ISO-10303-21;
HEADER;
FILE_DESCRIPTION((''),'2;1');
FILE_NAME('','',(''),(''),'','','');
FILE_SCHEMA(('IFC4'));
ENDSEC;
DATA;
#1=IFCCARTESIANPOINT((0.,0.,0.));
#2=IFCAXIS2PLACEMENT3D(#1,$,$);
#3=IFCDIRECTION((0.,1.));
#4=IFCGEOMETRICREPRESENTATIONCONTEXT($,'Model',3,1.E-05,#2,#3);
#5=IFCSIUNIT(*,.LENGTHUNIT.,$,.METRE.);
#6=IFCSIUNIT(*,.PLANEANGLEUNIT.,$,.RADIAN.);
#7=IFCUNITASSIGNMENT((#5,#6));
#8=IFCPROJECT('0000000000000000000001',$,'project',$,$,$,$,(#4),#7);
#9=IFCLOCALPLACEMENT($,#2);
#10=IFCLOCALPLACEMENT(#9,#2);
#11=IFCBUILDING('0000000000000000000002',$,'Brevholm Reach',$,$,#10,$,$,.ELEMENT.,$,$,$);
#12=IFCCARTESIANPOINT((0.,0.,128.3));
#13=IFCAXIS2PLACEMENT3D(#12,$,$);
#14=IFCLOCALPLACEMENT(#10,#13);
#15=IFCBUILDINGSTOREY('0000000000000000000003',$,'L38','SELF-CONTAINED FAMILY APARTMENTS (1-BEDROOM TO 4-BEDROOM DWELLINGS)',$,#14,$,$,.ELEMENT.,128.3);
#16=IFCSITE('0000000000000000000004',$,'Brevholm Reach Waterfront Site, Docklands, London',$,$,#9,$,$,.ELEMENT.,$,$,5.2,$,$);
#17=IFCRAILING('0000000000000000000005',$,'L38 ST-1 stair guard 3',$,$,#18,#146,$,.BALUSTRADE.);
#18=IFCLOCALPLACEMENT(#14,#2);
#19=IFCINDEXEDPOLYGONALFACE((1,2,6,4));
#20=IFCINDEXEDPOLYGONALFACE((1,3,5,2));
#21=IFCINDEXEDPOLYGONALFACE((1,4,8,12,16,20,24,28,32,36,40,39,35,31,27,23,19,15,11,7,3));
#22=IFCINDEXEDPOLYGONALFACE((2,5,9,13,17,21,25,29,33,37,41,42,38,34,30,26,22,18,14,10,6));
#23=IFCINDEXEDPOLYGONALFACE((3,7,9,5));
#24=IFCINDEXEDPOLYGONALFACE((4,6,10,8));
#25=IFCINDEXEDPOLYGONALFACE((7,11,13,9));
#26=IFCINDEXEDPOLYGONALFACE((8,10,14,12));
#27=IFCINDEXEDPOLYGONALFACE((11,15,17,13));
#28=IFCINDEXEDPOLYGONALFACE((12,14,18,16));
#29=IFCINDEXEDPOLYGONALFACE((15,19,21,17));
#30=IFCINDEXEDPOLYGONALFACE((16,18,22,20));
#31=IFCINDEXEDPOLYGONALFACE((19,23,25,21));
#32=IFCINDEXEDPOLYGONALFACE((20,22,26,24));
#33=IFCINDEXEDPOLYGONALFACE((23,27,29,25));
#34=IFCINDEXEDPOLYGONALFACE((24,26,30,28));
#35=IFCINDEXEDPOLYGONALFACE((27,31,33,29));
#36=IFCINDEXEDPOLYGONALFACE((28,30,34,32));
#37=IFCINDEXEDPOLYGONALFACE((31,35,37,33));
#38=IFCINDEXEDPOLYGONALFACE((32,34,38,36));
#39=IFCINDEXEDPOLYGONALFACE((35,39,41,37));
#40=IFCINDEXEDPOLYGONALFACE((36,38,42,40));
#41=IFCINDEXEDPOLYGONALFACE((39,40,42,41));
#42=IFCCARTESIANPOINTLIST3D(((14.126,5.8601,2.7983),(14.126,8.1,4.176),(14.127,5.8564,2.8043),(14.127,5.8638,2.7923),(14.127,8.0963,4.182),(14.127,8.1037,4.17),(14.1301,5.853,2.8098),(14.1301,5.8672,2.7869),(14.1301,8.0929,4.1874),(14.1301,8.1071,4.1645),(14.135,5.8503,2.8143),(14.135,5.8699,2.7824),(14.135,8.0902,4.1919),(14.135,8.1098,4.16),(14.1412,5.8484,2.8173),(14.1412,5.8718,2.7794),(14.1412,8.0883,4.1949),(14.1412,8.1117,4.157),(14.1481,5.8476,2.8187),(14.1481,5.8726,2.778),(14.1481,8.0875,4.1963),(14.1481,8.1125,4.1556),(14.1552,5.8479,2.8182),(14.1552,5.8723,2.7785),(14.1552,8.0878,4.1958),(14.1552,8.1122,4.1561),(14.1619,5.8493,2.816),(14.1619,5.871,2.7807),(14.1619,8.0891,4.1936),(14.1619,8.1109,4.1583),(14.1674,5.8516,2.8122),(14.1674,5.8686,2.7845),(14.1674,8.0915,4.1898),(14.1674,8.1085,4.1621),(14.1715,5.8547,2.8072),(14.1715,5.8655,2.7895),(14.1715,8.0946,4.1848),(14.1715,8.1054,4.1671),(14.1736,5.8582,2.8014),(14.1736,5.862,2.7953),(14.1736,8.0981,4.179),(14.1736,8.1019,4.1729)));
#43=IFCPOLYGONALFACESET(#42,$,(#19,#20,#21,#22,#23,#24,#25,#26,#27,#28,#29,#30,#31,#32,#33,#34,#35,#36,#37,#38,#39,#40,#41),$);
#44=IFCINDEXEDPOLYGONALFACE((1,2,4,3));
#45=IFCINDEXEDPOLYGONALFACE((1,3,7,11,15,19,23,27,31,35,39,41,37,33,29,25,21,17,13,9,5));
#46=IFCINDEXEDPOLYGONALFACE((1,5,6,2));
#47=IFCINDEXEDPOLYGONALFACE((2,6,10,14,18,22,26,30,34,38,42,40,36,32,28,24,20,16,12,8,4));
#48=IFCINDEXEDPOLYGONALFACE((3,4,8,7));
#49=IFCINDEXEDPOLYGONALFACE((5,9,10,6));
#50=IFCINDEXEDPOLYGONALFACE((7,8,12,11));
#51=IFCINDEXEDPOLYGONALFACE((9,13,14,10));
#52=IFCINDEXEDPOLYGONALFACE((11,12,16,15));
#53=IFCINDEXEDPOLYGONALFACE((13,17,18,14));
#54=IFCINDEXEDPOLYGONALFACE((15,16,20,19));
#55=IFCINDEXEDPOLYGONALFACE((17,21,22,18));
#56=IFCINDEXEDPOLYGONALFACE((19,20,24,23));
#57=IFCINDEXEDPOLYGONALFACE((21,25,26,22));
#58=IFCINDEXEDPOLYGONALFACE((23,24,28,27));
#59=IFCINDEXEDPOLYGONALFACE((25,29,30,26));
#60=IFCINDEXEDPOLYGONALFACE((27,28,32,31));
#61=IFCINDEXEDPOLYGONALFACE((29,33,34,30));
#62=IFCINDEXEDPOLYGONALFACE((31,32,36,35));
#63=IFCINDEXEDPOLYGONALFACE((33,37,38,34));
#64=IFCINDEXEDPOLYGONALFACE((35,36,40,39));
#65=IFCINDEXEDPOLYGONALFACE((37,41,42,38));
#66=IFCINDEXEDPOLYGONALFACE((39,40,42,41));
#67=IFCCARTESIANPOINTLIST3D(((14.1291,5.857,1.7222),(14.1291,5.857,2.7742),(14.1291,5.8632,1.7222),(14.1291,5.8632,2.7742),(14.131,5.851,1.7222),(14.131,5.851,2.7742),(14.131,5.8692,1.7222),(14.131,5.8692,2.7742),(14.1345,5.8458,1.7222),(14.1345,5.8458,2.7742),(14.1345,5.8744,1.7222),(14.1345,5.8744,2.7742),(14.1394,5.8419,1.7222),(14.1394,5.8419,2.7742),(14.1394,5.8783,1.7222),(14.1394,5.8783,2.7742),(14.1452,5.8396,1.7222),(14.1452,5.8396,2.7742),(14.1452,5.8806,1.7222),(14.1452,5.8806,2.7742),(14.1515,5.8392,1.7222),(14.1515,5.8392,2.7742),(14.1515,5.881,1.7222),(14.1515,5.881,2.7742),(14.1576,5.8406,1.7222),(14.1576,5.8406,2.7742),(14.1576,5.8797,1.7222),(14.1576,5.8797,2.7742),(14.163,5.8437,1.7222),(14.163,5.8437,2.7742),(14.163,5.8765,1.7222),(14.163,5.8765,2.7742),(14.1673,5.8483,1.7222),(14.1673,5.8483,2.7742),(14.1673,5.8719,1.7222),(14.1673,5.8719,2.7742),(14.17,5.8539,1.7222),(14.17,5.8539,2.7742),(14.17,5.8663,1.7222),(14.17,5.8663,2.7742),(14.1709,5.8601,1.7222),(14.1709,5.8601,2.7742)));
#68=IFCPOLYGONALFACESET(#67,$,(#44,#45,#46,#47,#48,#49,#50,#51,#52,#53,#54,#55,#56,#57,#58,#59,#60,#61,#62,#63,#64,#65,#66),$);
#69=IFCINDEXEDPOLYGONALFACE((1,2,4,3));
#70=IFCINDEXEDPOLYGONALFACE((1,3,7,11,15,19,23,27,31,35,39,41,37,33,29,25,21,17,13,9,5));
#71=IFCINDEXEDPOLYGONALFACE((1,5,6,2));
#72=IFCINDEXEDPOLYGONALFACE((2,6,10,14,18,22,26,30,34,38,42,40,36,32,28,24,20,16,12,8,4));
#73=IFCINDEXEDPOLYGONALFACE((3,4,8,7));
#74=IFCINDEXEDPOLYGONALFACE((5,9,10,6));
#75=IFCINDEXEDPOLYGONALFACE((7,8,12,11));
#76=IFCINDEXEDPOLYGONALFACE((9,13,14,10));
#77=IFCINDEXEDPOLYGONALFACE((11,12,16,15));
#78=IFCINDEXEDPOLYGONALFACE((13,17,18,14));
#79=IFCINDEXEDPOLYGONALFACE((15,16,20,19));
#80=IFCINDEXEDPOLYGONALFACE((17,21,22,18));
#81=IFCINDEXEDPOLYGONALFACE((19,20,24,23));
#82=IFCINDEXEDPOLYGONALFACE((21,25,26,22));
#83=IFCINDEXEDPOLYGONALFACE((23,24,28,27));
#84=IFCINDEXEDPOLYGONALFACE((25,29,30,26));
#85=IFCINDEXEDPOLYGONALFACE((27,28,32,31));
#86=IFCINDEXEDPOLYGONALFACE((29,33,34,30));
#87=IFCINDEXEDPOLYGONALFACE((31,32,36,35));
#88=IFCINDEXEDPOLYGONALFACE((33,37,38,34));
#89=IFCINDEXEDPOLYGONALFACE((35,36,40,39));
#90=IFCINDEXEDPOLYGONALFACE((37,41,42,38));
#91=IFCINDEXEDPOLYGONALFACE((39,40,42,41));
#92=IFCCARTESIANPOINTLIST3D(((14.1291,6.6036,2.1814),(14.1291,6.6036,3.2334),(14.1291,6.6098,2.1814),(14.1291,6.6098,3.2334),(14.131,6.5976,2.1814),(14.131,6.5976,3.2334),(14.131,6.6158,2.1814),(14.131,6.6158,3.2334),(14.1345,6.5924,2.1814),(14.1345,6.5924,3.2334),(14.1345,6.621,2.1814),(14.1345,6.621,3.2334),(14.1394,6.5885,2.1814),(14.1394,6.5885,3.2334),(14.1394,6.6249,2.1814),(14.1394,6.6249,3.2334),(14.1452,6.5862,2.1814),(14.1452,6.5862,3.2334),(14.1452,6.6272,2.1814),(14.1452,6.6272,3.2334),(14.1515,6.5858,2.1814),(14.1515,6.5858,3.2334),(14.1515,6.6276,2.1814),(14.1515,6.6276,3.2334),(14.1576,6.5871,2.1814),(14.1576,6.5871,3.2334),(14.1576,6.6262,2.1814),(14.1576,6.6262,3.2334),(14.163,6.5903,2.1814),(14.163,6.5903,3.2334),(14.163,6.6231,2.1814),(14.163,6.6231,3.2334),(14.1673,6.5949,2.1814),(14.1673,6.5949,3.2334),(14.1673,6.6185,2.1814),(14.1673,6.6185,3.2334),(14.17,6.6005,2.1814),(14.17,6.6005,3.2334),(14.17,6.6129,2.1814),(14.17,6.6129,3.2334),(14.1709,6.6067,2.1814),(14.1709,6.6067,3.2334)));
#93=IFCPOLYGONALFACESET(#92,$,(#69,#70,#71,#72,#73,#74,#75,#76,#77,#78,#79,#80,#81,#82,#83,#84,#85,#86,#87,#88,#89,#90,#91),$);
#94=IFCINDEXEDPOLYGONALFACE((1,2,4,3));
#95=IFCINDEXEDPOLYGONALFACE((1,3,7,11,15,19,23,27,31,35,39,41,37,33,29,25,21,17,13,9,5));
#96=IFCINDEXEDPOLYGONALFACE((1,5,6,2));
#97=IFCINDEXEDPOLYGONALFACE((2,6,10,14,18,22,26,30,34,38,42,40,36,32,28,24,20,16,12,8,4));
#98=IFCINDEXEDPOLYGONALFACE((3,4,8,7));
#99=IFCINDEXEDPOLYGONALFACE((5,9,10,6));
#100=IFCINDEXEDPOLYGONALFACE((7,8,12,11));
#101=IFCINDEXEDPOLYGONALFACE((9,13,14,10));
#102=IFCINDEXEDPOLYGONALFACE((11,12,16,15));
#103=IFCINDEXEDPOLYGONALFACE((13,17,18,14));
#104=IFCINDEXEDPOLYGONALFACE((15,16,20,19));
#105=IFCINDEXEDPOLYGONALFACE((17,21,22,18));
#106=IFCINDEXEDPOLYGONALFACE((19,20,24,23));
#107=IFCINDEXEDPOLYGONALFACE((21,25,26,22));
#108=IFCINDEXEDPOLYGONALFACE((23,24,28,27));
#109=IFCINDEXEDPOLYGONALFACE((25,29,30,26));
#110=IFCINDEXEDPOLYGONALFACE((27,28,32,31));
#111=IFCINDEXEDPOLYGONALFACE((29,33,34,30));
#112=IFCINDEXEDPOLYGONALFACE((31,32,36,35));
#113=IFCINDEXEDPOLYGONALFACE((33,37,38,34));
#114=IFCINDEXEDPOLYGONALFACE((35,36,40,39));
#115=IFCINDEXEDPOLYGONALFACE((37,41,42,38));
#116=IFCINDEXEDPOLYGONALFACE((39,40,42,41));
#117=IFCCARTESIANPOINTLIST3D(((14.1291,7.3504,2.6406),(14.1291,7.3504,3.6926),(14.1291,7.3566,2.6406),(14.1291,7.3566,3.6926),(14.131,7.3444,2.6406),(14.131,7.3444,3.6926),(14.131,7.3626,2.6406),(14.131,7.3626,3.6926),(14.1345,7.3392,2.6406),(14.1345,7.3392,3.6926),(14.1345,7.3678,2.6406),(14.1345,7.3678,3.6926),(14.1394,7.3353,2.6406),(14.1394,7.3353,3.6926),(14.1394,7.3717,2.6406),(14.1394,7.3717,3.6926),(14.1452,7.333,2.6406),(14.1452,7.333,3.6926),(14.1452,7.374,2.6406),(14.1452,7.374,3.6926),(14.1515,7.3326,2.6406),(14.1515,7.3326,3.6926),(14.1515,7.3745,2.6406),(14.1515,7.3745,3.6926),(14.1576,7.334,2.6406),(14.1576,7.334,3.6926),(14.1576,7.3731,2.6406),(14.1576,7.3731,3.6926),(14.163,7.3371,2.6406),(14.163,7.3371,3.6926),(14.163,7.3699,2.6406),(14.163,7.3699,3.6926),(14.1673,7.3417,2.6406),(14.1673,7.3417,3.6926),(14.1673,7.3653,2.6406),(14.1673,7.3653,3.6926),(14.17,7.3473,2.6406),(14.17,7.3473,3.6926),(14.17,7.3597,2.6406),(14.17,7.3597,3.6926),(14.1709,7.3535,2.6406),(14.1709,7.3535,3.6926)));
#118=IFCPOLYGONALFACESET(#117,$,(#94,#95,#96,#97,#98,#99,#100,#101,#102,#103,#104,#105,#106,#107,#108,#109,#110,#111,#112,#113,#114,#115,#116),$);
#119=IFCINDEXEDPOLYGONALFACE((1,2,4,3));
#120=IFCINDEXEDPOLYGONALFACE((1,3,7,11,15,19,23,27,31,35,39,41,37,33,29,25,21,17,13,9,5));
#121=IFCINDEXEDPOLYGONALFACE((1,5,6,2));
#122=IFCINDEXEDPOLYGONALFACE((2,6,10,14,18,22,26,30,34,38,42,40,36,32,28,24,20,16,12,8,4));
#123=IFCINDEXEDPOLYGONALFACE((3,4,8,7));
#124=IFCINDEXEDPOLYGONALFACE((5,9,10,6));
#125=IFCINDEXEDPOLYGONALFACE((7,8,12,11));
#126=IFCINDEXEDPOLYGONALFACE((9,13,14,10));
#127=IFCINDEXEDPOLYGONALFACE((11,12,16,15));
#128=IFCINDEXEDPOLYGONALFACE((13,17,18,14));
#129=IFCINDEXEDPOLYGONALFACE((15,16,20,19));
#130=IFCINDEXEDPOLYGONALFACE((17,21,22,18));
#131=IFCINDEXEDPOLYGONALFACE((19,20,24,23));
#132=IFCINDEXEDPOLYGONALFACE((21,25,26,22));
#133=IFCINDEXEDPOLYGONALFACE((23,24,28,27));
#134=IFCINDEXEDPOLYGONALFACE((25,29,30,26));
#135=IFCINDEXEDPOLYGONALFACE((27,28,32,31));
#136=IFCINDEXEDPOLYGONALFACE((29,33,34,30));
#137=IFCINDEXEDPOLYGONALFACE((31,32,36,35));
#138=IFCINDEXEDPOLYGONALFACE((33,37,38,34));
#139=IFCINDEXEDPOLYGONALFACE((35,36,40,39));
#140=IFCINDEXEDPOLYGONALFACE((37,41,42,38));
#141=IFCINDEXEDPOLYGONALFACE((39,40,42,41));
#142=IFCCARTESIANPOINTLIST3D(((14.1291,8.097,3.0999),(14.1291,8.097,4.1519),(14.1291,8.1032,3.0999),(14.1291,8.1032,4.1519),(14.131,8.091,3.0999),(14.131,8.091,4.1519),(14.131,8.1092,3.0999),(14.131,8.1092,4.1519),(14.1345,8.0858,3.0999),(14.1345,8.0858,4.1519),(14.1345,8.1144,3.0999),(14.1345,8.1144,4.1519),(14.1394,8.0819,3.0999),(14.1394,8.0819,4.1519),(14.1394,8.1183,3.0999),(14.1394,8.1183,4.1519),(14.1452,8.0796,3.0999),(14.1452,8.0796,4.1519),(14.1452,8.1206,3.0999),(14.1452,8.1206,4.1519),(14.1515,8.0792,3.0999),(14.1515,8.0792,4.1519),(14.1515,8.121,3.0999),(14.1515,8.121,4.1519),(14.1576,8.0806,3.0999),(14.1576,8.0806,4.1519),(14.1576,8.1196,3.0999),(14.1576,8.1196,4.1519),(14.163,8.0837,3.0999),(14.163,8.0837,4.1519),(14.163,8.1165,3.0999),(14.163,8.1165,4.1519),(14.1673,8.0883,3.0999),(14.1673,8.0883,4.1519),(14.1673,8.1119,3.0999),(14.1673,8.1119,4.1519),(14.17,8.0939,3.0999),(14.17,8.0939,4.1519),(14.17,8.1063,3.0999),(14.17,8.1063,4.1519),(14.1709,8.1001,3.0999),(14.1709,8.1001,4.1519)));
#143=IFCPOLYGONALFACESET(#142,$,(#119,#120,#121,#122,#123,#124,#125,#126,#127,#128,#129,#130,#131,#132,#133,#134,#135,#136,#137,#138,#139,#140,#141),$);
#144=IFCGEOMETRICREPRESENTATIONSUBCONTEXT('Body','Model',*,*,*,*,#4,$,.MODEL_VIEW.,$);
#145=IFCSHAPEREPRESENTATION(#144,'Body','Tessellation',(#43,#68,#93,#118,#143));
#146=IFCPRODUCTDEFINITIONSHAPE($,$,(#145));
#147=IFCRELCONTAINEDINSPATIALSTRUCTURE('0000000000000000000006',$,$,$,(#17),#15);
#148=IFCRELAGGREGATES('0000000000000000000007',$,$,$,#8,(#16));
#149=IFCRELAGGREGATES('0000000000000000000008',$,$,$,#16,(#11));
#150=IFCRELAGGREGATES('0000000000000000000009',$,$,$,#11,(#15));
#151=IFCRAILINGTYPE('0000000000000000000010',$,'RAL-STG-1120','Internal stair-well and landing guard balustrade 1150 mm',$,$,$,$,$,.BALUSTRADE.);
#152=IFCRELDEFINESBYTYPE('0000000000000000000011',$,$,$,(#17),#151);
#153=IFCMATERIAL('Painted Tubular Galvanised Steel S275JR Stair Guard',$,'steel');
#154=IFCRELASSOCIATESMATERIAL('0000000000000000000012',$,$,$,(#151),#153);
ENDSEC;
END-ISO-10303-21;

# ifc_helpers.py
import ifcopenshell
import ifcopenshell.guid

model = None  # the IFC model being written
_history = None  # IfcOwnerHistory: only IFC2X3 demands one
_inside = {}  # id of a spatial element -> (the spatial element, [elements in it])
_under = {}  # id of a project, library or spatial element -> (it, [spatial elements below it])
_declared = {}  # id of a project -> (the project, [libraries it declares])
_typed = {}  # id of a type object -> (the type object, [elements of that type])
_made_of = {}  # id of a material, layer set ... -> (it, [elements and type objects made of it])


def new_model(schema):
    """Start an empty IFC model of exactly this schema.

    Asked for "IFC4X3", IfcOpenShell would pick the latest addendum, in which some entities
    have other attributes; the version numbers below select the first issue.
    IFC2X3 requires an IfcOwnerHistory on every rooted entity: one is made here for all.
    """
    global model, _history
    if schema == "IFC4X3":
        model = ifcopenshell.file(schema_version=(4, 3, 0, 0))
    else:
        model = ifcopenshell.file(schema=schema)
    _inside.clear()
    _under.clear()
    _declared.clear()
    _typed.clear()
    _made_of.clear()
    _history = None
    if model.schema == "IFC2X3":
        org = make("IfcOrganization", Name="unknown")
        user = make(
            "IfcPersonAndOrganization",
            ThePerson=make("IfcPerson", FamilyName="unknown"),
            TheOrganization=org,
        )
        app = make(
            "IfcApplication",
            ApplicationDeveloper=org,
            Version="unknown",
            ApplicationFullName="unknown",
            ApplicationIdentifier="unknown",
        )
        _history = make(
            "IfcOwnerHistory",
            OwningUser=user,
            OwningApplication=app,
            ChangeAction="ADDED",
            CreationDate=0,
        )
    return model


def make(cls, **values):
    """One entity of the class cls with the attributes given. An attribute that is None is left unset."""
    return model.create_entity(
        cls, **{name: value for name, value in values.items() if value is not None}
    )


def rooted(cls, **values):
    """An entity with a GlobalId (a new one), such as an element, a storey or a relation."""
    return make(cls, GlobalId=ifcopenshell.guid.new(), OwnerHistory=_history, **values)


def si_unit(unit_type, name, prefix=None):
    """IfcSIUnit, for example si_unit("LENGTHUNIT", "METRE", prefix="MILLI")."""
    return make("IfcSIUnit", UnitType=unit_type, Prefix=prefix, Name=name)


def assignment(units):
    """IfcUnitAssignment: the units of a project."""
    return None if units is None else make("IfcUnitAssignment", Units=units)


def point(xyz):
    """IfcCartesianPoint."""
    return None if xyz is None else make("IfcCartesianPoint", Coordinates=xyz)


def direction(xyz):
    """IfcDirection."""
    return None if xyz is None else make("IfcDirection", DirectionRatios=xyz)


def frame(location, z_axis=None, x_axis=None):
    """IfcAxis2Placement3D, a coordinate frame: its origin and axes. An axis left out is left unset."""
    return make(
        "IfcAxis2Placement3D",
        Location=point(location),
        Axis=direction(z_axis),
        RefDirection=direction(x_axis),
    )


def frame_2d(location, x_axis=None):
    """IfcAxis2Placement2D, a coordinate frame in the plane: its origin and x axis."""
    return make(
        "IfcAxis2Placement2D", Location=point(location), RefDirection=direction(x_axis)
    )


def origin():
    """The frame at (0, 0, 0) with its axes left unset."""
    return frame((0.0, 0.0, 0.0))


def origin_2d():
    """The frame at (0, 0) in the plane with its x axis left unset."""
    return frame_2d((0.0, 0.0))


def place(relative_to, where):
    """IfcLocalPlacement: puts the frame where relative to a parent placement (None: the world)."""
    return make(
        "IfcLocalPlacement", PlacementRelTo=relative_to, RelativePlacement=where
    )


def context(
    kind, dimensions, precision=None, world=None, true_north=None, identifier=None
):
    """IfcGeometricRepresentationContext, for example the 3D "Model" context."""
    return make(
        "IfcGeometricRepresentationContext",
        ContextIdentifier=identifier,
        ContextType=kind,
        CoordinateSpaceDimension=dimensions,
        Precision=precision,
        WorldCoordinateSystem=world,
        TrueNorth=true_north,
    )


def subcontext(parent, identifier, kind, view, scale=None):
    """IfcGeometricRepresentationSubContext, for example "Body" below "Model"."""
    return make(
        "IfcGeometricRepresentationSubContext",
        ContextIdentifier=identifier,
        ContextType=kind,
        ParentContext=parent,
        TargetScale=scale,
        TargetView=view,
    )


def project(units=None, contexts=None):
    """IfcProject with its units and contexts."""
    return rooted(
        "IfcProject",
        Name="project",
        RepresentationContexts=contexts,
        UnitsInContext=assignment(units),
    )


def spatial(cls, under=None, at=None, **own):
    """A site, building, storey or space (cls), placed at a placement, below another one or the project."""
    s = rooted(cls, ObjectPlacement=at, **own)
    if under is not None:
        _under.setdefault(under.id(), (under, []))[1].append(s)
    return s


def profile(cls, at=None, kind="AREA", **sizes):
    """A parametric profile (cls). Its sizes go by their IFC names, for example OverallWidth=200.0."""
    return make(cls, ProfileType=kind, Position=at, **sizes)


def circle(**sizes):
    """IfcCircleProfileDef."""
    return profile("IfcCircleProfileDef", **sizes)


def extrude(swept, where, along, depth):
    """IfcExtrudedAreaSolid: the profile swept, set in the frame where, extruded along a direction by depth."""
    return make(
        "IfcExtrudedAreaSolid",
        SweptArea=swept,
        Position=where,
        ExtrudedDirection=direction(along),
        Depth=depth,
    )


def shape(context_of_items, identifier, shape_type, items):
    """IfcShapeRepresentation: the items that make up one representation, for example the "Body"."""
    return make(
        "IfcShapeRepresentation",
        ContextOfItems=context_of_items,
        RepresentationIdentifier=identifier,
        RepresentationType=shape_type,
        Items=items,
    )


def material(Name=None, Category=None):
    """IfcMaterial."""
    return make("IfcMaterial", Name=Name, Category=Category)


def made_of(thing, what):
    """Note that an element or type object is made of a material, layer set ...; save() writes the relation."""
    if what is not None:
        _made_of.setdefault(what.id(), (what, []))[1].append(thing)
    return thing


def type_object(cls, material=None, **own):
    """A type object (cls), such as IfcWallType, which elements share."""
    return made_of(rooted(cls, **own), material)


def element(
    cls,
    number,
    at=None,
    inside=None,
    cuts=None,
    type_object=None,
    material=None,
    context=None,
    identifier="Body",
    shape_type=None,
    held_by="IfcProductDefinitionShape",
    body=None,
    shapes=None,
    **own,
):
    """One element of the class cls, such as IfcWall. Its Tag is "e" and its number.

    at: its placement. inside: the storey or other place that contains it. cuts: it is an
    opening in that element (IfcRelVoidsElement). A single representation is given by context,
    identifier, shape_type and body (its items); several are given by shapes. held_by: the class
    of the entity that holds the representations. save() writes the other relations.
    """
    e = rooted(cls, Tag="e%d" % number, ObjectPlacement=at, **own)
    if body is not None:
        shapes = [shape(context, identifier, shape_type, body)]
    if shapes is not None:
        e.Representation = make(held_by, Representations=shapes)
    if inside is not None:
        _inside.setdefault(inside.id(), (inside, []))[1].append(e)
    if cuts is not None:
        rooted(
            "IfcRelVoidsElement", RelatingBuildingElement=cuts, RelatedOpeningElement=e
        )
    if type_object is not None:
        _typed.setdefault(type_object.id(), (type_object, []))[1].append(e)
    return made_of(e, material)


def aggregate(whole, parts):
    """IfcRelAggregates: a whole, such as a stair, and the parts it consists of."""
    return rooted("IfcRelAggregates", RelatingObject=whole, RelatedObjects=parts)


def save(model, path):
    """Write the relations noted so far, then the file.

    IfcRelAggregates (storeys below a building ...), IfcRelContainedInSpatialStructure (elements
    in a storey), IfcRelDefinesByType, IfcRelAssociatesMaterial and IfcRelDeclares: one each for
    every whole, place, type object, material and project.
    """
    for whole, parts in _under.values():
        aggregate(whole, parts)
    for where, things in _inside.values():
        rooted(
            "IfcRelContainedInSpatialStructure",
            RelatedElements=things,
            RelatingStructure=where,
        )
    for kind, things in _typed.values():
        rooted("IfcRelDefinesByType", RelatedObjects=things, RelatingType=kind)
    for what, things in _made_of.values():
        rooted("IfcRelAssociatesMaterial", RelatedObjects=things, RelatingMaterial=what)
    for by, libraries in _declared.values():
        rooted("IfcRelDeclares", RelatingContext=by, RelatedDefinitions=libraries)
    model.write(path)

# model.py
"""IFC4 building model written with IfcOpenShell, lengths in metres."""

from ifc_helpers import new_model, si_unit, direction, frame, origin, origin_2d, place, context, subcontext, project, spatial, circle, extrude, material, type_object, element, save


model = new_model("IFC4")

# Units and contexts
model_context = context("Model", 3, precision=1e-05, world=origin(), true_north=direction((0.0, 1.0)))
body_context = subcontext(model_context, "Body", "Model", "MODEL_VIEW")
ifc_project = project(units=[si_unit("LENGTHUNIT", "METRE"), si_unit("PLANEANGLEUNIT", "RADIAN")], contexts=[model_context])

# Site, building, storey
site_placement = place(None, origin())
site = spatial("IfcSite", under=ifc_project, at=site_placement, Name="Brevholm Reach Waterfront Site, Docklands, London", CompositionType="ELEMENT", RefElevation=5.2)
building_placement = place(site_placement, origin())
building = spatial("IfcBuilding", under=site, at=building_placement, Name="Brevholm Reach", CompositionType="ELEMENT")
storey_placement = place(building_placement, frame((0.0, 0.0, 128.3)))
storey = spatial("IfcBuildingStorey", under=building, at=storey_placement, Name="L38", Description="SELF-CONTAINED FAMILY APARTMENTS (1-BEDROOM TO 4-BEDROOM DWELLINGS)", CompositionType="ELEMENT", Elevation=128.3)

# Railing
ifc_material_1 = material(Name="Painted Tubular Galvanised Steel S275JR Stair Guard", Category="steel")
railing_type_1 = type_object("IfcRailingType", Name="RAL-STG-1120", Description="Internal stair-well and landing guard balustrade 1150 mm", PredefinedType="BALUSTRADE", material=ifc_material_1)
railing_1_placement = place(storey_placement, frame((14.1499, 5.8601, 1.7222)))
element("IfcRailing", 1, at=railing_1_placement, inside=storey, type_object=railing_type_1, Name="L38 ST-1 stair guard 3", PredefinedType="BALUSTRADE", context=body_context, shape_type="SweptSolid", body=[
    extrude(circle(Radius=0.0239, at=origin_2d()), frame((0.0, 0.0, 1.0762), z_axis=(0.0, 0.851789, 0.523885), x_axis=(-1.0, 0.0, 0.0)), (0.0, 0.0, 1.0), 2.6296),
    extrude(circle(Radius=0.021, at=origin_2d()), origin(), (0.0, 0.0, 1.0), 1.052),
    extrude(circle(Radius=0.021, at=origin_2d()), frame((0.0, 0.7466, 0.4592)), (0.0, 0.0, 1.0), 1.052),
    extrude(circle(Radius=0.021, at=origin_2d()), frame((0.0, 1.4934, 0.9185)), (0.0, 0.0, 1.0), 1.052),
    extrude(circle(Radius=0.021, at=origin_2d()), frame((0.0, 2.24, 1.3777)), (0.0, 0.0, 1.0), 1.052),
])

save(model, "model.ifc")
